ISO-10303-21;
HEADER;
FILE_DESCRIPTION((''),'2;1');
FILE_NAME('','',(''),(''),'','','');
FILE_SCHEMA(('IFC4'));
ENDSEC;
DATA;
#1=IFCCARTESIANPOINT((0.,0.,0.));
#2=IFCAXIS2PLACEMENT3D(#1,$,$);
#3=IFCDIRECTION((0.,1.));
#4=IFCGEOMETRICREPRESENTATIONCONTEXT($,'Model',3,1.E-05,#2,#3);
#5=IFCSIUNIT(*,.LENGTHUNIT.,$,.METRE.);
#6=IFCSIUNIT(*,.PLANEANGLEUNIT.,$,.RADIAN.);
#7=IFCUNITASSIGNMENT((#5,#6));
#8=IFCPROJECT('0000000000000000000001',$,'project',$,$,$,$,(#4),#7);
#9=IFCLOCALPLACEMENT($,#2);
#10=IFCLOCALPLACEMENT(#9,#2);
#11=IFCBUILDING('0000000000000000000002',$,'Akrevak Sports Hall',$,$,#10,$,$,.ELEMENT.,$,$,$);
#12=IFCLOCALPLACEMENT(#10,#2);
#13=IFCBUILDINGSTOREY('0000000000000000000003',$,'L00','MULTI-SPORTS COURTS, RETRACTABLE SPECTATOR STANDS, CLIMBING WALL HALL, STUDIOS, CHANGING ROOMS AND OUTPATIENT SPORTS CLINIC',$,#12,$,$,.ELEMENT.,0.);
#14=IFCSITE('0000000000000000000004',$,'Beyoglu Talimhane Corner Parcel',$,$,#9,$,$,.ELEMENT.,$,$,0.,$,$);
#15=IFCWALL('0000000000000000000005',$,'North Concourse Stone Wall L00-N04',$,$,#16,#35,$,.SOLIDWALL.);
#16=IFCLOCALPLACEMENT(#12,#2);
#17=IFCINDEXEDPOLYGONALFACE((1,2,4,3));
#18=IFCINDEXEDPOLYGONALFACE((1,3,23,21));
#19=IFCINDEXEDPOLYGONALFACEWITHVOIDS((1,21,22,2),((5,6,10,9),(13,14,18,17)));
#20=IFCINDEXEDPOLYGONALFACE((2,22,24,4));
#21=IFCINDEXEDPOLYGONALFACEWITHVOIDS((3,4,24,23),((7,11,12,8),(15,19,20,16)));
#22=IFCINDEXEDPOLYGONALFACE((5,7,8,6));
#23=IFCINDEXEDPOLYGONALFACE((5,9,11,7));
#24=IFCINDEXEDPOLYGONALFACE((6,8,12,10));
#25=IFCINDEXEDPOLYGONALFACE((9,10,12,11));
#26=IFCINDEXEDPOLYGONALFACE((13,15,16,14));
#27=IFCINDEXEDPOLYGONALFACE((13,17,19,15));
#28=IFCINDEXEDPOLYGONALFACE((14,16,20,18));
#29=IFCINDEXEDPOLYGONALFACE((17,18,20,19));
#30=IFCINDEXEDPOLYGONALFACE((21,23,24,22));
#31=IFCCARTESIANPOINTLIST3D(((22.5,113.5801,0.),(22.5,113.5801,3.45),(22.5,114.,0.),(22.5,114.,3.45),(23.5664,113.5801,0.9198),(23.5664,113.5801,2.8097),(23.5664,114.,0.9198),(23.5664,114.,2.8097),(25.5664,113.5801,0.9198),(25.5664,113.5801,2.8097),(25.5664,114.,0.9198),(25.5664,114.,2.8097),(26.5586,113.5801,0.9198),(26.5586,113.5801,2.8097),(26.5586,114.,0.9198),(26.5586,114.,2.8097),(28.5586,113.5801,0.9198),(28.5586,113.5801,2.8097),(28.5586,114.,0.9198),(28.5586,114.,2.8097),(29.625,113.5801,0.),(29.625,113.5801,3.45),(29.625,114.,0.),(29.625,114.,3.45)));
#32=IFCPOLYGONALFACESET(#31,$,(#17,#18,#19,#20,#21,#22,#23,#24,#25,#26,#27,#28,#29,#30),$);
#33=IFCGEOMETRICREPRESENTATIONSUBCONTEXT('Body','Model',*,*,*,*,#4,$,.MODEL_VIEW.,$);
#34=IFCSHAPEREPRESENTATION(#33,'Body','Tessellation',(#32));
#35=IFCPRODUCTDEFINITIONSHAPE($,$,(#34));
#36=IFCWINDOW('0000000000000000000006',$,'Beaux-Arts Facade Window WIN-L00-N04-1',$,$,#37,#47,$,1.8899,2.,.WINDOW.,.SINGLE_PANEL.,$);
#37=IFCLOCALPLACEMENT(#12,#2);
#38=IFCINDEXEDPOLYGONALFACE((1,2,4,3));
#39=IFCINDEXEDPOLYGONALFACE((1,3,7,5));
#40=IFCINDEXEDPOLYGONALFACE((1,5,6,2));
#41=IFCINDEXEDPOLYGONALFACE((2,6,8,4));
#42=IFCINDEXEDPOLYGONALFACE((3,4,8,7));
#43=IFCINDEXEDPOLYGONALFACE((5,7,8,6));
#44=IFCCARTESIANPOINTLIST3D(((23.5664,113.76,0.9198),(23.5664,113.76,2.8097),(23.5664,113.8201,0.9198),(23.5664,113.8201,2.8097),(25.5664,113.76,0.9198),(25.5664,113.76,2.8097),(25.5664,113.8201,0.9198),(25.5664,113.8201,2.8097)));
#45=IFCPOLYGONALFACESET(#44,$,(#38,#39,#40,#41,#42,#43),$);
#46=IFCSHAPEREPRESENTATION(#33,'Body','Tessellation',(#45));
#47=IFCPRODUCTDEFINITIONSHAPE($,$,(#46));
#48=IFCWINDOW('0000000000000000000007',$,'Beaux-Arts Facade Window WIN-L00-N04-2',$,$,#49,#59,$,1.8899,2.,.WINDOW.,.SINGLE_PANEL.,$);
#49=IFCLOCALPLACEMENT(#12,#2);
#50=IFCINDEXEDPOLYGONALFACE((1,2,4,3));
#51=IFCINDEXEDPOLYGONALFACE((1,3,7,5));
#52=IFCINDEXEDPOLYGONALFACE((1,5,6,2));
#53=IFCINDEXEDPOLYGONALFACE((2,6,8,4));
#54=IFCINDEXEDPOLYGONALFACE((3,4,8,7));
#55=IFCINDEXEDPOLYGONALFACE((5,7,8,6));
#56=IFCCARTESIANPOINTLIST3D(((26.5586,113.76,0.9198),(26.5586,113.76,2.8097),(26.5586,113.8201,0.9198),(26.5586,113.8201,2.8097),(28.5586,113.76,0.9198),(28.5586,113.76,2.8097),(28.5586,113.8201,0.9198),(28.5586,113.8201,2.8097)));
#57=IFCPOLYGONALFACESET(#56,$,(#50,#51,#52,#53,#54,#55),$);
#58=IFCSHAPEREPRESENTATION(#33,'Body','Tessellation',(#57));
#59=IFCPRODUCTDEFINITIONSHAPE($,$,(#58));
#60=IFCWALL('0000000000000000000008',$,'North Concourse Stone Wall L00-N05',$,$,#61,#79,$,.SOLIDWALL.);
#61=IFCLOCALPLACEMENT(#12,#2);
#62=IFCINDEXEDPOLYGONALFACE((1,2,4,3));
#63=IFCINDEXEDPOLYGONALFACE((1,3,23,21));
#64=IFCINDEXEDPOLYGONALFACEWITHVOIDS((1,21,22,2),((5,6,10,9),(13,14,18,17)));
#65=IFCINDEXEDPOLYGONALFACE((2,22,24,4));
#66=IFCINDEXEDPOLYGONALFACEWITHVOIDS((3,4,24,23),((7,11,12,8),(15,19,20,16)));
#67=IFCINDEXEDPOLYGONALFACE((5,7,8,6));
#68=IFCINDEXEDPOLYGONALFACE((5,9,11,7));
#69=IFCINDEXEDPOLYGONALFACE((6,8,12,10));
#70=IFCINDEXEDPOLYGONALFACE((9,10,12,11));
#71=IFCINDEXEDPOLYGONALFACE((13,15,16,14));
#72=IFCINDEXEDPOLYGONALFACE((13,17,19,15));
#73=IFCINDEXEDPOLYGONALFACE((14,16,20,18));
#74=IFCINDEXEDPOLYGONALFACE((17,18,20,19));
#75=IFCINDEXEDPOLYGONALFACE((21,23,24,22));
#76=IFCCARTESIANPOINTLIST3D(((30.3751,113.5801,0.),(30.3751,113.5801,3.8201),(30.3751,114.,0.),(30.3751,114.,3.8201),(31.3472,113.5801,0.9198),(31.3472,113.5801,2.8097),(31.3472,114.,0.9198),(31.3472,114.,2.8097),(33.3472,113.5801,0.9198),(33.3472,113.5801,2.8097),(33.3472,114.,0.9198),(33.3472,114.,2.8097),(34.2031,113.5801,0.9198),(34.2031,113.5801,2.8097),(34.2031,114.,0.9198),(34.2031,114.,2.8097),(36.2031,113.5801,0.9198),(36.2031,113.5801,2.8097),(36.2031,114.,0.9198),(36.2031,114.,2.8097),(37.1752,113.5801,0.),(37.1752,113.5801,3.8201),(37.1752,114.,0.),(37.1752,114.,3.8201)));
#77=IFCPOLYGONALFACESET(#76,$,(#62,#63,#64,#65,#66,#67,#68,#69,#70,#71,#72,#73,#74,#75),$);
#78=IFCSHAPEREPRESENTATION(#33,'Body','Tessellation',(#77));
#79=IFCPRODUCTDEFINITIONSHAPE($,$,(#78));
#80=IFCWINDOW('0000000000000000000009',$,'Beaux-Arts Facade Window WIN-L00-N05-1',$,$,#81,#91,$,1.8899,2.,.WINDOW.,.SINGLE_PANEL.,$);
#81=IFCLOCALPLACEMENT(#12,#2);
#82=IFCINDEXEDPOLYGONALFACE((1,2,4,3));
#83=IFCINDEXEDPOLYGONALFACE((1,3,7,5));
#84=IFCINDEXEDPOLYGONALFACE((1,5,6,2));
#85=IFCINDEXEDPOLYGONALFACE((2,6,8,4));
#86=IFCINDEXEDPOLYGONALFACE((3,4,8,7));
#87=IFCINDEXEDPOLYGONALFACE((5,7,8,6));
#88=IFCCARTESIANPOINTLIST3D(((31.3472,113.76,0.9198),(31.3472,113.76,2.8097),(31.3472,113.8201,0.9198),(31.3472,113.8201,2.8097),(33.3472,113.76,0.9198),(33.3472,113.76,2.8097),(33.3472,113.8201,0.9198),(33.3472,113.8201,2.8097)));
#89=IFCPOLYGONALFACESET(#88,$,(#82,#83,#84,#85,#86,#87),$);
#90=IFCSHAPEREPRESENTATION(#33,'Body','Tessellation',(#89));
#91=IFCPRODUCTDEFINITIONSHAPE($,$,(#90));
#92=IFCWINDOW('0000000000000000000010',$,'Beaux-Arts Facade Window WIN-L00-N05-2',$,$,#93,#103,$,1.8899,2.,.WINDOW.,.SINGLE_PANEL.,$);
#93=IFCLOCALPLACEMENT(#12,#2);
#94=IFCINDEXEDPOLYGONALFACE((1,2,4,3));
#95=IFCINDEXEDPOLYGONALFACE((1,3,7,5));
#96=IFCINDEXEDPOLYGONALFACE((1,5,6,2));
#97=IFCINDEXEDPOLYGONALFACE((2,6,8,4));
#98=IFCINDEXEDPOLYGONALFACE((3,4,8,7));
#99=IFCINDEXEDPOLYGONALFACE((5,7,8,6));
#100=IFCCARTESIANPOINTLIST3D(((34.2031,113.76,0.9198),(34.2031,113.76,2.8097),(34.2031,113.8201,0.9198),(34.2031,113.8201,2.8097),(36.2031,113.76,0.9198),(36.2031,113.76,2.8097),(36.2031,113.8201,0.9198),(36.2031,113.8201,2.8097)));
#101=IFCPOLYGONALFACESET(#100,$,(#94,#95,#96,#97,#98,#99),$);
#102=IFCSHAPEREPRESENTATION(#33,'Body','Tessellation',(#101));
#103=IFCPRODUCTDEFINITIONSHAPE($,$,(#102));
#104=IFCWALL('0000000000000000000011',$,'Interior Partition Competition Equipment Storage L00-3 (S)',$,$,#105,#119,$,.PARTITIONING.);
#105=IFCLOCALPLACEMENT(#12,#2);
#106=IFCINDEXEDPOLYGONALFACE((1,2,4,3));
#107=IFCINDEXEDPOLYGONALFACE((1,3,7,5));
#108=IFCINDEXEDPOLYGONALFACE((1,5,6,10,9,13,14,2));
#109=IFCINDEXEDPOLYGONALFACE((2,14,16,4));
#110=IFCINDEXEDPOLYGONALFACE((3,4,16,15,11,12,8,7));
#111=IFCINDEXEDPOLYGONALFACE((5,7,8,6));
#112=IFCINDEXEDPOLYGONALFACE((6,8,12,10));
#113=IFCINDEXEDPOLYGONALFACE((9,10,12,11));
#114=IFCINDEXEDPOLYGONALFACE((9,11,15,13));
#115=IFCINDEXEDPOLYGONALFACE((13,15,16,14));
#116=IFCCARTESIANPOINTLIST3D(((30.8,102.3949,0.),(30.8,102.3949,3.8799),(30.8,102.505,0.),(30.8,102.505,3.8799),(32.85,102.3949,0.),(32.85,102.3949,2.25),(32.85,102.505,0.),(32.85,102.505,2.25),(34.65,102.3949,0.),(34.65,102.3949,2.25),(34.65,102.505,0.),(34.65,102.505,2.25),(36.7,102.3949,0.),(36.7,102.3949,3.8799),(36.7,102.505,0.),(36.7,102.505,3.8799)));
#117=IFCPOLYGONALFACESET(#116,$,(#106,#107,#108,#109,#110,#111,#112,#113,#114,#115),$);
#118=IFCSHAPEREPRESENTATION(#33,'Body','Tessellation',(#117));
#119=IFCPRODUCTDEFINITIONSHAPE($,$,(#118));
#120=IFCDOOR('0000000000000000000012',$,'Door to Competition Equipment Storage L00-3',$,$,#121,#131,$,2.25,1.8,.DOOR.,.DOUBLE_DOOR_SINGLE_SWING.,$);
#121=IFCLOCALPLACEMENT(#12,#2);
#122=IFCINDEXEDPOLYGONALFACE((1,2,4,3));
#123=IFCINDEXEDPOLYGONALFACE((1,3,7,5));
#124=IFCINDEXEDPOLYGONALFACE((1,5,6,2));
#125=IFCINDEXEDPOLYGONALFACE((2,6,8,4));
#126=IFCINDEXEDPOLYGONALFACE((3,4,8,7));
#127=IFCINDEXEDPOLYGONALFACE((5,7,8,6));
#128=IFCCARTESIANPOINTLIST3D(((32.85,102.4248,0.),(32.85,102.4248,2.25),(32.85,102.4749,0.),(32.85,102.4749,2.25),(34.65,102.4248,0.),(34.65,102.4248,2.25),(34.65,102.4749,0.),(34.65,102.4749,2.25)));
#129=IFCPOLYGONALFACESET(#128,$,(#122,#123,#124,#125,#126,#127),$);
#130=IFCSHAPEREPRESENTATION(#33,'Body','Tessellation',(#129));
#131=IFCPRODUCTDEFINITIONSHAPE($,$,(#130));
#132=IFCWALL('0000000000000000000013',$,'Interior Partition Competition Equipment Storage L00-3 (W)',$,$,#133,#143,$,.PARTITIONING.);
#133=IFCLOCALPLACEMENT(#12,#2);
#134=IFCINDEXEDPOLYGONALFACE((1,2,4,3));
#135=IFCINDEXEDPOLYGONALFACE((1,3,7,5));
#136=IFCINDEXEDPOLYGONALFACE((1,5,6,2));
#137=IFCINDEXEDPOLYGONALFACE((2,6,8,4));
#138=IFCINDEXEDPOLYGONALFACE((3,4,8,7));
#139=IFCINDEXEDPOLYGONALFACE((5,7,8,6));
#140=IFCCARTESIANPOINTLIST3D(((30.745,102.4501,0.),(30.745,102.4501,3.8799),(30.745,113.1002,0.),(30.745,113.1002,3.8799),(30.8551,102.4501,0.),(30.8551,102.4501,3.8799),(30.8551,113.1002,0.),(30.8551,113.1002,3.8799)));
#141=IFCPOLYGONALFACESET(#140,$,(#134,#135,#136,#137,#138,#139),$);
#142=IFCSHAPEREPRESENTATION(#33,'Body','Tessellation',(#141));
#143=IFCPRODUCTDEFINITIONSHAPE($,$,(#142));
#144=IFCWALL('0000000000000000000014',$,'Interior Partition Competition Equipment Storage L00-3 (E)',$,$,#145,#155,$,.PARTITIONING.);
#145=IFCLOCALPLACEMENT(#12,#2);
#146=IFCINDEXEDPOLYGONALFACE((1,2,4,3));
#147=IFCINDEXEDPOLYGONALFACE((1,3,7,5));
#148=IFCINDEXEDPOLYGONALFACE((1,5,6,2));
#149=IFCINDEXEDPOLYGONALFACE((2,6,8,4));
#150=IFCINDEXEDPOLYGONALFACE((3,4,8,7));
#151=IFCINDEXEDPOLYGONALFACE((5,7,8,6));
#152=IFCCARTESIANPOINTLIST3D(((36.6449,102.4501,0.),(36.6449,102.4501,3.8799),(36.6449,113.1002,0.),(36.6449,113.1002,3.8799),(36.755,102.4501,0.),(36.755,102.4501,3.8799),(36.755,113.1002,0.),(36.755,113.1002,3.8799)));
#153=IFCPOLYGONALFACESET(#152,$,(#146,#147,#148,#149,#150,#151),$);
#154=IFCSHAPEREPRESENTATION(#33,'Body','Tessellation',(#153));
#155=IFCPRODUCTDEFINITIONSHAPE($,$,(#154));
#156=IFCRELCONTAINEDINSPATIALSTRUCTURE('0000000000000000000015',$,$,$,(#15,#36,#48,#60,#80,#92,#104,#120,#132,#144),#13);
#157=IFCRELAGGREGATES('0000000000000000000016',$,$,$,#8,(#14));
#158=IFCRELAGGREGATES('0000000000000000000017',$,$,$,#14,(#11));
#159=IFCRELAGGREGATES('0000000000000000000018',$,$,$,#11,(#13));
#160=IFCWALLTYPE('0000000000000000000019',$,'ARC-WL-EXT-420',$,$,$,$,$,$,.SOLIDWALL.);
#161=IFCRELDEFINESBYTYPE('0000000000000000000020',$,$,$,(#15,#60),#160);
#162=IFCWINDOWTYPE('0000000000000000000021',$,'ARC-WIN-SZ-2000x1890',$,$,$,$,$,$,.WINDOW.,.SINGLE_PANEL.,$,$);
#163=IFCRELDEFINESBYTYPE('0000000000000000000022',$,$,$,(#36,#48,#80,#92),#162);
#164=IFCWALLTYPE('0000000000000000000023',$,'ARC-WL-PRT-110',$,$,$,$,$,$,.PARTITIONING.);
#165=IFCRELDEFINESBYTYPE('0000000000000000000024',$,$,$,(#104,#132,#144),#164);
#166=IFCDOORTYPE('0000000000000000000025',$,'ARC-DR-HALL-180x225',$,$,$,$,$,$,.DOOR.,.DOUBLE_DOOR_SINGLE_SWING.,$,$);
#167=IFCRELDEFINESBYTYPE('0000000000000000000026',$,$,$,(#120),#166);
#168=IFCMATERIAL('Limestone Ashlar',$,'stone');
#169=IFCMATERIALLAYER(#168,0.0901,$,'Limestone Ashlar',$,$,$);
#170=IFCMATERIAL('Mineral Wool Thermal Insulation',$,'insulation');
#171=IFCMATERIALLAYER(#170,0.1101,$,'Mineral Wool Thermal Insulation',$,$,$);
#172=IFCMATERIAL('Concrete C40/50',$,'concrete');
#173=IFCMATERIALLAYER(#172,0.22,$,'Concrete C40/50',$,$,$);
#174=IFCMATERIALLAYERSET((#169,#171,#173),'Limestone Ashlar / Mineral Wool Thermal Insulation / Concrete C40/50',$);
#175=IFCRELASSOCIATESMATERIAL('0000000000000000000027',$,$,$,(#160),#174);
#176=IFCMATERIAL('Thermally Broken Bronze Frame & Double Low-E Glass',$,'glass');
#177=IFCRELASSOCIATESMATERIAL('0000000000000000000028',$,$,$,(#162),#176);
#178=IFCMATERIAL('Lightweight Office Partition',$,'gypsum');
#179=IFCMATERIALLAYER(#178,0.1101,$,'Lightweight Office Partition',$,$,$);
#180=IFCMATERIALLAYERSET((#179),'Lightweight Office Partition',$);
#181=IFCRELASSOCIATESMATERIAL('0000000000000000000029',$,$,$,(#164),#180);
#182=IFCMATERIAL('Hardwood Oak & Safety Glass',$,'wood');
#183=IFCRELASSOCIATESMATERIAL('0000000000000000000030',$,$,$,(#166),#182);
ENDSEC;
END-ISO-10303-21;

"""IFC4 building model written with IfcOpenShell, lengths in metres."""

from ifc_helpers import new_model, si_unit, direction, frame, frame_2d, origin, place, context, subcontext, project, spatial, rectangle, extrude, material, layer, layer_set, type_object, element, fill, save


model = new_model("IFC4")

# Units and contexts
model_context = context("Model", 3, precision=1e-05, world=origin(), true_north=direction((0.0, 1.0)))
body_context = subcontext(model_context, "Body", "Model", "MODEL_VIEW")
ifc_project = project(units=[si_unit("LENGTHUNIT", "METRE"), si_unit("PLANEANGLEUNIT", "RADIAN")], contexts=[model_context])

# Site, building, storey
site_placement = place(None, origin())
site = spatial("IfcSite", under=ifc_project, at=site_placement, Name="Beyoglu Talimhane Corner Parcel", CompositionType="ELEMENT", RefElevation=0.0)
building_placement = place(site_placement, origin())
building = spatial("IfcBuilding", under=site, at=building_placement, Name="Akrevak Sports Hall", CompositionType="ELEMENT")
storey_placement = place(building_placement, origin())
storey = spatial("IfcBuildingStorey", under=building, at=storey_placement, Name="L00", Description="MULTI-SPORTS COURTS, RETRACTABLE SPECTATOR STANDS, CLIMBING WALL HALL, STUDIOS, CHANGING ROOMS AND OUTPATIENT SPORTS CLINIC", CompositionType="ELEMENT", Elevation=0.0)

# Shared definitions
ifc_material_1 = material(Name="Concrete C40/50", Category="concrete")

# Walls, openings, windows
ifc_material_2 = material(Name="Limestone Ashlar", Category="stone")
ifc_layer_1 = layer(ifc_material_2, 0.0901, Name="Limestone Ashlar")
ifc_material_3 = material(Name="Mineral Wool Thermal Insulation", Category="insulation")
ifc_layer_2 = layer(ifc_material_3, 0.1101, Name="Mineral Wool Thermal Insulation")
ifc_layer_3 = layer(ifc_material_1, 0.22, Name="Concrete C40/50")
ifc_layer_set_1 = layer_set([ifc_layer_1, ifc_layer_2, ifc_layer_3], Name="Limestone Ashlar / Mineral Wool Thermal Insulation / Concrete C40/50")
wall_type_1 = type_object("IfcWallType", Name="ARC-WL-EXT-420", PredefinedType="SOLIDWALL", material=ifc_layer_set_1)
ifc_material_4 = material(Name="Thermally Broken Bronze Frame & Double Low-E Glass", Category="glass")
window_type = type_object("IfcWindowType", Name="ARC-WIN-SZ-2000x1890", PartitioningType="SINGLE_PANEL", PredefinedType="WINDOW", material=ifc_material_4)
wall_1_placement = place(storey_placement, frame((29.625, 113.79, 0.0), z_axis=(0.0, 0.0, 1.0), x_axis=(-1.0, 0.0, 0.0)))
wall_1 = element("IfcWall", 1, at=wall_1_placement, inside=storey, type_object=wall_type_1, Name="North Concourse Stone Wall L00-N04", PredefinedType="SOLIDWALL", context=body_context, shape_type="SweptSolid", body=[
    extrude(rectangle(XDim=7.125, YDim=0.4199, at=frame_2d((3.5625, 0.0))), origin(), (0.0, 0.0, 1.0), 3.45),
])
opening_1_placement = place(wall_1_placement, frame((4.0586, 0.0, 0.9199)))
opening_1 = element("IfcOpeningElement", 2, at=opening_1_placement, cuts=wall_1, PredefinedType="OPENING", context=body_context, shape_type="SweptSolid", body=[
    extrude(rectangle(XDim=2.0, YDim=1.8899, at=frame_2d((1.0, 0.9448))), frame((0.0, 0.2219, 0.0), z_axis=(0.0, -1.0, 0.0), x_axis=(1.0, 0.0, 0.0)), (0.0, 0.0, 1.0), 0.4438),
])
opening_2_placement = place(wall_1_placement, frame((1.0664, 0.0, 0.9199)))
opening_2 = element("IfcOpeningElement", 3, at=opening_2_placement, cuts=wall_1, PredefinedType="OPENING", context=body_context, shape_type="SweptSolid", body=[
    extrude(rectangle(XDim=2.0, YDim=1.8899, at=frame_2d((1.0, 0.9448))), frame((0.0, 0.2219, 0.0), z_axis=(0.0, -1.0, 0.0), x_axis=(1.0, 0.0, 0.0)), (0.0, 0.0, 1.0), 0.4438),
])
window_1_placement = place(opening_1_placement, origin())
window_1 = element("IfcWindow", 4, at=window_1_placement, inside=storey, type_object=window_type, Name="Beaux-Arts Facade Window WIN-L00-N04-1", OverallHeight=1.8899, OverallWidth=2.0, PartitioningType="SINGLE_PANEL", PredefinedType="WINDOW", context=body_context, shape_type="SweptSolid", body=[
    extrude(rectangle(XDim=2.0, YDim=1.8899, at=frame_2d((1.0, 0.9448))), frame((0.0, 0.03, 0.0), z_axis=(0.0, -1.0, 0.0), x_axis=(1.0, 0.0, 0.0)), (0.0, 0.0, 1.0), 0.0601),
])
fill(opening_1, window_1)
window_2_placement = place(opening_2_placement, origin())
window_2 = element("IfcWindow", 5, at=window_2_placement, inside=storey, type_object=window_type, Name="Beaux-Arts Facade Window WIN-L00-N04-2", OverallHeight=1.8899, OverallWidth=2.0, PartitioningType="SINGLE_PANEL", PredefinedType="WINDOW", context=body_context, shape_type="SweptSolid", body=[
    extrude(rectangle(XDim=2.0, YDim=1.8899, at=frame_2d((1.0, 0.9448))), frame((0.0, 0.03, 0.0), z_axis=(0.0, -1.0, 0.0), x_axis=(1.0, 0.0, 0.0)), (0.0, 0.0, 1.0), 0.0601),
])
fill(opening_2, window_2)
wall_2_placement = place(storey_placement, frame((37.175, 113.79, 0.0), z_axis=(0.0, 0.0, 1.0), x_axis=(-1.0, 0.0, 0.0)))
wall_2 = element("IfcWall", 6, at=wall_2_placement, inside=storey, type_object=wall_type_1, Name="North Concourse Stone Wall L00-N05", PredefinedType="SOLIDWALL", context=body_context, shape_type="SweptSolid", body=[
    extrude(rectangle(XDim=6.8, YDim=0.4199, at=frame_2d((3.3999, 0.0))), origin(), (0.0, 0.0, 1.0), 3.8201),
])
opening_3_placement = place(wall_2_placement, frame((3.8279, 0.0, 0.9199)))
opening_3 = element("IfcOpeningElement", 7, at=opening_3_placement, cuts=wall_2, PredefinedType="OPENING", context=body_context, shape_type="SweptSolid", body=[
    extrude(rectangle(XDim=2.0, YDim=1.8899, at=frame_2d((1.0, 0.9448))), frame((0.0, 0.2219, 0.0), z_axis=(0.0, -1.0, 0.0), x_axis=(1.0, 0.0, 0.0)), (0.0, 0.0, 1.0), 0.4438),
])
opening_4_placement = place(wall_2_placement, frame((0.9719, 0.0, 0.9199)))
opening_4 = element("IfcOpeningElement", 8, at=opening_4_placement, cuts=wall_2, PredefinedType="OPENING", context=body_context, shape_type="SweptSolid", body=[
    extrude(rectangle(XDim=2.0, YDim=1.8899, at=frame_2d((1.0, 0.9448))), frame((0.0, 0.2219, 0.0), z_axis=(0.0, -1.0, 0.0), x_axis=(1.0, 0.0, 0.0)), (0.0, 0.0, 1.0), 0.4438),
])
window_3_placement = place(opening_3_placement, origin())
window_3 = element("IfcWindow", 9, at=window_3_placement, inside=storey, type_object=window_type, Name="Beaux-Arts Facade Window WIN-L00-N05-1", OverallHeight=1.8899, OverallWidth=2.0, PartitioningType="SINGLE_PANEL", PredefinedType="WINDOW", context=body_context, shape_type="SweptSolid", body=[
    extrude(rectangle(XDim=2.0, YDim=1.8899, at=frame_2d((1.0, 0.9448))), frame((0.0, 0.03, 0.0), z_axis=(0.0, -1.0, 0.0), x_axis=(1.0, 0.0, 0.0)), (0.0, 0.0, 1.0), 0.0601),
])
fill(opening_3, window_3)
window_4_placement = place(opening_4_placement, origin())
window_4 = element("IfcWindow", 10, at=window_4_placement, inside=storey, type_object=window_type, Name="Beaux-Arts Facade Window WIN-L00-N05-2", OverallHeight=1.8899, OverallWidth=2.0, PartitioningType="SINGLE_PANEL", PredefinedType="WINDOW", context=body_context, shape_type="SweptSolid", body=[
    extrude(rectangle(XDim=2.0, YDim=1.8899, at=frame_2d((1.0, 0.9448))), frame((0.0, 0.03, 0.0), z_axis=(0.0, -1.0, 0.0), x_axis=(1.0, 0.0, 0.0)), (0.0, 0.0, 1.0), 0.0601),
])
fill(opening_4, window_4)

# Wall, opening, door
ifc_material_5 = material(Name="Lightweight Office Partition", Category="gypsum")
ifc_layer_4 = layer(ifc_material_5, 0.1101, Name="Lightweight Office Partition")
ifc_layer_set_2 = layer_set([ifc_layer_4], Name="Lightweight Office Partition")
wall_type_2 = type_object("IfcWallType", Name="ARC-WL-PRT-110", PredefinedType="PARTITIONING", material=ifc_layer_set_2)
wall_3_placement = place(storey_placement, frame((30.8, 102.45, 0.0), z_axis=(0.0, 0.0, 1.0), x_axis=(1.0, 0.0, 0.0)))
wall_3 = element("IfcWall", 11, at=wall_3_placement, inside=storey, type_object=wall_type_2, Name="Interior Partition Competition Equipment Storage L00-3 (S)", PredefinedType="PARTITIONING", context=body_context, shape_type="SweptSolid", body=[
    extrude(rectangle(XDim=5.8999, YDim=0.1101, at=frame_2d((2.95, 0.0))), origin(), (0.0, 0.0, 1.0), 3.8799),
])
opening_5_placement = place(wall_3_placement, frame((2.05, 0.0, 0.0)))
opening_5 = element("IfcOpeningElement", 12, at=opening_5_placement, cuts=wall_3, PredefinedType="OPENING", context=body_context, shape_type="SweptSolid", body=[
    extrude(rectangle(XDim=1.8, YDim=2.25, at=frame_2d((0.8999, 1.125))), frame((0.0, 0.0669, 0.0), z_axis=(0.0, -1.0, 0.0), x_axis=(1.0, 0.0, 0.0)), (0.0, 0.0, 1.0), 0.134),
])
ifc_material_6 = material(Name="Hardwood Oak & Safety Glass", Category="wood")
door_type_1 = type_object("IfcDoorType", Name="ARC-DR-HALL-180x225", OperationType="DOUBLE_DOOR_SINGLE_SWING", PredefinedType="DOOR", material=ifc_material_6)
door_1_placement = place(opening_5_placement, origin())
door_1 = element("IfcDoor", 13, at=door_1_placement, inside=storey, type_object=door_type_1, Name="Door to Competition Equipment Storage L00-3", OperationType="DOUBLE_DOOR_SINGLE_SWING", OverallHeight=2.25, OverallWidth=1.8, PredefinedType="DOOR", context=body_context, shape_type="SweptSolid", body=[
    extrude(rectangle(XDim=1.8, YDim=2.25, at=frame_2d((0.8999, 1.125))), frame((0.0, 0.0249, 0.0), z_axis=(0.0, -1.0, 0.0), x_axis=(1.0, 0.0, 0.0)), (0.0, 0.0, 1.0), 0.05),
])
fill(opening_5, door_1)

# Walls
for number, where, z_axis, x_axis, name in (
    (14, (30.8, 102.45, 0.0), (0.0, 0.0, 1.0), (0.0, 1.0, 0.0), "Interior Partition Competition Equipment Storage L00-3 (W)"),
    (15, (36.7, 102.45, 0.0), (0.0, 0.0, 1.0), (0.0, 1.0, 0.0), "Interior Partition Competition Equipment Storage L00-3 (E)"),
):
    element("IfcWall", number, at=place(storey_placement, frame(where, z_axis=z_axis, x_axis=x_axis)), inside=storey, type_object=wall_type_2, Name=name, PredefinedType="PARTITIONING", context=body_context, shape_type="SweptSolid", body=[
        extrude(rectangle(XDim=10.6501, YDim=0.1101, at=frame_2d((5.3252, 0.0))), origin(), (0.0, 0.0, 1.0), 3.8799),
    ])

save(model, "model.ifc")
